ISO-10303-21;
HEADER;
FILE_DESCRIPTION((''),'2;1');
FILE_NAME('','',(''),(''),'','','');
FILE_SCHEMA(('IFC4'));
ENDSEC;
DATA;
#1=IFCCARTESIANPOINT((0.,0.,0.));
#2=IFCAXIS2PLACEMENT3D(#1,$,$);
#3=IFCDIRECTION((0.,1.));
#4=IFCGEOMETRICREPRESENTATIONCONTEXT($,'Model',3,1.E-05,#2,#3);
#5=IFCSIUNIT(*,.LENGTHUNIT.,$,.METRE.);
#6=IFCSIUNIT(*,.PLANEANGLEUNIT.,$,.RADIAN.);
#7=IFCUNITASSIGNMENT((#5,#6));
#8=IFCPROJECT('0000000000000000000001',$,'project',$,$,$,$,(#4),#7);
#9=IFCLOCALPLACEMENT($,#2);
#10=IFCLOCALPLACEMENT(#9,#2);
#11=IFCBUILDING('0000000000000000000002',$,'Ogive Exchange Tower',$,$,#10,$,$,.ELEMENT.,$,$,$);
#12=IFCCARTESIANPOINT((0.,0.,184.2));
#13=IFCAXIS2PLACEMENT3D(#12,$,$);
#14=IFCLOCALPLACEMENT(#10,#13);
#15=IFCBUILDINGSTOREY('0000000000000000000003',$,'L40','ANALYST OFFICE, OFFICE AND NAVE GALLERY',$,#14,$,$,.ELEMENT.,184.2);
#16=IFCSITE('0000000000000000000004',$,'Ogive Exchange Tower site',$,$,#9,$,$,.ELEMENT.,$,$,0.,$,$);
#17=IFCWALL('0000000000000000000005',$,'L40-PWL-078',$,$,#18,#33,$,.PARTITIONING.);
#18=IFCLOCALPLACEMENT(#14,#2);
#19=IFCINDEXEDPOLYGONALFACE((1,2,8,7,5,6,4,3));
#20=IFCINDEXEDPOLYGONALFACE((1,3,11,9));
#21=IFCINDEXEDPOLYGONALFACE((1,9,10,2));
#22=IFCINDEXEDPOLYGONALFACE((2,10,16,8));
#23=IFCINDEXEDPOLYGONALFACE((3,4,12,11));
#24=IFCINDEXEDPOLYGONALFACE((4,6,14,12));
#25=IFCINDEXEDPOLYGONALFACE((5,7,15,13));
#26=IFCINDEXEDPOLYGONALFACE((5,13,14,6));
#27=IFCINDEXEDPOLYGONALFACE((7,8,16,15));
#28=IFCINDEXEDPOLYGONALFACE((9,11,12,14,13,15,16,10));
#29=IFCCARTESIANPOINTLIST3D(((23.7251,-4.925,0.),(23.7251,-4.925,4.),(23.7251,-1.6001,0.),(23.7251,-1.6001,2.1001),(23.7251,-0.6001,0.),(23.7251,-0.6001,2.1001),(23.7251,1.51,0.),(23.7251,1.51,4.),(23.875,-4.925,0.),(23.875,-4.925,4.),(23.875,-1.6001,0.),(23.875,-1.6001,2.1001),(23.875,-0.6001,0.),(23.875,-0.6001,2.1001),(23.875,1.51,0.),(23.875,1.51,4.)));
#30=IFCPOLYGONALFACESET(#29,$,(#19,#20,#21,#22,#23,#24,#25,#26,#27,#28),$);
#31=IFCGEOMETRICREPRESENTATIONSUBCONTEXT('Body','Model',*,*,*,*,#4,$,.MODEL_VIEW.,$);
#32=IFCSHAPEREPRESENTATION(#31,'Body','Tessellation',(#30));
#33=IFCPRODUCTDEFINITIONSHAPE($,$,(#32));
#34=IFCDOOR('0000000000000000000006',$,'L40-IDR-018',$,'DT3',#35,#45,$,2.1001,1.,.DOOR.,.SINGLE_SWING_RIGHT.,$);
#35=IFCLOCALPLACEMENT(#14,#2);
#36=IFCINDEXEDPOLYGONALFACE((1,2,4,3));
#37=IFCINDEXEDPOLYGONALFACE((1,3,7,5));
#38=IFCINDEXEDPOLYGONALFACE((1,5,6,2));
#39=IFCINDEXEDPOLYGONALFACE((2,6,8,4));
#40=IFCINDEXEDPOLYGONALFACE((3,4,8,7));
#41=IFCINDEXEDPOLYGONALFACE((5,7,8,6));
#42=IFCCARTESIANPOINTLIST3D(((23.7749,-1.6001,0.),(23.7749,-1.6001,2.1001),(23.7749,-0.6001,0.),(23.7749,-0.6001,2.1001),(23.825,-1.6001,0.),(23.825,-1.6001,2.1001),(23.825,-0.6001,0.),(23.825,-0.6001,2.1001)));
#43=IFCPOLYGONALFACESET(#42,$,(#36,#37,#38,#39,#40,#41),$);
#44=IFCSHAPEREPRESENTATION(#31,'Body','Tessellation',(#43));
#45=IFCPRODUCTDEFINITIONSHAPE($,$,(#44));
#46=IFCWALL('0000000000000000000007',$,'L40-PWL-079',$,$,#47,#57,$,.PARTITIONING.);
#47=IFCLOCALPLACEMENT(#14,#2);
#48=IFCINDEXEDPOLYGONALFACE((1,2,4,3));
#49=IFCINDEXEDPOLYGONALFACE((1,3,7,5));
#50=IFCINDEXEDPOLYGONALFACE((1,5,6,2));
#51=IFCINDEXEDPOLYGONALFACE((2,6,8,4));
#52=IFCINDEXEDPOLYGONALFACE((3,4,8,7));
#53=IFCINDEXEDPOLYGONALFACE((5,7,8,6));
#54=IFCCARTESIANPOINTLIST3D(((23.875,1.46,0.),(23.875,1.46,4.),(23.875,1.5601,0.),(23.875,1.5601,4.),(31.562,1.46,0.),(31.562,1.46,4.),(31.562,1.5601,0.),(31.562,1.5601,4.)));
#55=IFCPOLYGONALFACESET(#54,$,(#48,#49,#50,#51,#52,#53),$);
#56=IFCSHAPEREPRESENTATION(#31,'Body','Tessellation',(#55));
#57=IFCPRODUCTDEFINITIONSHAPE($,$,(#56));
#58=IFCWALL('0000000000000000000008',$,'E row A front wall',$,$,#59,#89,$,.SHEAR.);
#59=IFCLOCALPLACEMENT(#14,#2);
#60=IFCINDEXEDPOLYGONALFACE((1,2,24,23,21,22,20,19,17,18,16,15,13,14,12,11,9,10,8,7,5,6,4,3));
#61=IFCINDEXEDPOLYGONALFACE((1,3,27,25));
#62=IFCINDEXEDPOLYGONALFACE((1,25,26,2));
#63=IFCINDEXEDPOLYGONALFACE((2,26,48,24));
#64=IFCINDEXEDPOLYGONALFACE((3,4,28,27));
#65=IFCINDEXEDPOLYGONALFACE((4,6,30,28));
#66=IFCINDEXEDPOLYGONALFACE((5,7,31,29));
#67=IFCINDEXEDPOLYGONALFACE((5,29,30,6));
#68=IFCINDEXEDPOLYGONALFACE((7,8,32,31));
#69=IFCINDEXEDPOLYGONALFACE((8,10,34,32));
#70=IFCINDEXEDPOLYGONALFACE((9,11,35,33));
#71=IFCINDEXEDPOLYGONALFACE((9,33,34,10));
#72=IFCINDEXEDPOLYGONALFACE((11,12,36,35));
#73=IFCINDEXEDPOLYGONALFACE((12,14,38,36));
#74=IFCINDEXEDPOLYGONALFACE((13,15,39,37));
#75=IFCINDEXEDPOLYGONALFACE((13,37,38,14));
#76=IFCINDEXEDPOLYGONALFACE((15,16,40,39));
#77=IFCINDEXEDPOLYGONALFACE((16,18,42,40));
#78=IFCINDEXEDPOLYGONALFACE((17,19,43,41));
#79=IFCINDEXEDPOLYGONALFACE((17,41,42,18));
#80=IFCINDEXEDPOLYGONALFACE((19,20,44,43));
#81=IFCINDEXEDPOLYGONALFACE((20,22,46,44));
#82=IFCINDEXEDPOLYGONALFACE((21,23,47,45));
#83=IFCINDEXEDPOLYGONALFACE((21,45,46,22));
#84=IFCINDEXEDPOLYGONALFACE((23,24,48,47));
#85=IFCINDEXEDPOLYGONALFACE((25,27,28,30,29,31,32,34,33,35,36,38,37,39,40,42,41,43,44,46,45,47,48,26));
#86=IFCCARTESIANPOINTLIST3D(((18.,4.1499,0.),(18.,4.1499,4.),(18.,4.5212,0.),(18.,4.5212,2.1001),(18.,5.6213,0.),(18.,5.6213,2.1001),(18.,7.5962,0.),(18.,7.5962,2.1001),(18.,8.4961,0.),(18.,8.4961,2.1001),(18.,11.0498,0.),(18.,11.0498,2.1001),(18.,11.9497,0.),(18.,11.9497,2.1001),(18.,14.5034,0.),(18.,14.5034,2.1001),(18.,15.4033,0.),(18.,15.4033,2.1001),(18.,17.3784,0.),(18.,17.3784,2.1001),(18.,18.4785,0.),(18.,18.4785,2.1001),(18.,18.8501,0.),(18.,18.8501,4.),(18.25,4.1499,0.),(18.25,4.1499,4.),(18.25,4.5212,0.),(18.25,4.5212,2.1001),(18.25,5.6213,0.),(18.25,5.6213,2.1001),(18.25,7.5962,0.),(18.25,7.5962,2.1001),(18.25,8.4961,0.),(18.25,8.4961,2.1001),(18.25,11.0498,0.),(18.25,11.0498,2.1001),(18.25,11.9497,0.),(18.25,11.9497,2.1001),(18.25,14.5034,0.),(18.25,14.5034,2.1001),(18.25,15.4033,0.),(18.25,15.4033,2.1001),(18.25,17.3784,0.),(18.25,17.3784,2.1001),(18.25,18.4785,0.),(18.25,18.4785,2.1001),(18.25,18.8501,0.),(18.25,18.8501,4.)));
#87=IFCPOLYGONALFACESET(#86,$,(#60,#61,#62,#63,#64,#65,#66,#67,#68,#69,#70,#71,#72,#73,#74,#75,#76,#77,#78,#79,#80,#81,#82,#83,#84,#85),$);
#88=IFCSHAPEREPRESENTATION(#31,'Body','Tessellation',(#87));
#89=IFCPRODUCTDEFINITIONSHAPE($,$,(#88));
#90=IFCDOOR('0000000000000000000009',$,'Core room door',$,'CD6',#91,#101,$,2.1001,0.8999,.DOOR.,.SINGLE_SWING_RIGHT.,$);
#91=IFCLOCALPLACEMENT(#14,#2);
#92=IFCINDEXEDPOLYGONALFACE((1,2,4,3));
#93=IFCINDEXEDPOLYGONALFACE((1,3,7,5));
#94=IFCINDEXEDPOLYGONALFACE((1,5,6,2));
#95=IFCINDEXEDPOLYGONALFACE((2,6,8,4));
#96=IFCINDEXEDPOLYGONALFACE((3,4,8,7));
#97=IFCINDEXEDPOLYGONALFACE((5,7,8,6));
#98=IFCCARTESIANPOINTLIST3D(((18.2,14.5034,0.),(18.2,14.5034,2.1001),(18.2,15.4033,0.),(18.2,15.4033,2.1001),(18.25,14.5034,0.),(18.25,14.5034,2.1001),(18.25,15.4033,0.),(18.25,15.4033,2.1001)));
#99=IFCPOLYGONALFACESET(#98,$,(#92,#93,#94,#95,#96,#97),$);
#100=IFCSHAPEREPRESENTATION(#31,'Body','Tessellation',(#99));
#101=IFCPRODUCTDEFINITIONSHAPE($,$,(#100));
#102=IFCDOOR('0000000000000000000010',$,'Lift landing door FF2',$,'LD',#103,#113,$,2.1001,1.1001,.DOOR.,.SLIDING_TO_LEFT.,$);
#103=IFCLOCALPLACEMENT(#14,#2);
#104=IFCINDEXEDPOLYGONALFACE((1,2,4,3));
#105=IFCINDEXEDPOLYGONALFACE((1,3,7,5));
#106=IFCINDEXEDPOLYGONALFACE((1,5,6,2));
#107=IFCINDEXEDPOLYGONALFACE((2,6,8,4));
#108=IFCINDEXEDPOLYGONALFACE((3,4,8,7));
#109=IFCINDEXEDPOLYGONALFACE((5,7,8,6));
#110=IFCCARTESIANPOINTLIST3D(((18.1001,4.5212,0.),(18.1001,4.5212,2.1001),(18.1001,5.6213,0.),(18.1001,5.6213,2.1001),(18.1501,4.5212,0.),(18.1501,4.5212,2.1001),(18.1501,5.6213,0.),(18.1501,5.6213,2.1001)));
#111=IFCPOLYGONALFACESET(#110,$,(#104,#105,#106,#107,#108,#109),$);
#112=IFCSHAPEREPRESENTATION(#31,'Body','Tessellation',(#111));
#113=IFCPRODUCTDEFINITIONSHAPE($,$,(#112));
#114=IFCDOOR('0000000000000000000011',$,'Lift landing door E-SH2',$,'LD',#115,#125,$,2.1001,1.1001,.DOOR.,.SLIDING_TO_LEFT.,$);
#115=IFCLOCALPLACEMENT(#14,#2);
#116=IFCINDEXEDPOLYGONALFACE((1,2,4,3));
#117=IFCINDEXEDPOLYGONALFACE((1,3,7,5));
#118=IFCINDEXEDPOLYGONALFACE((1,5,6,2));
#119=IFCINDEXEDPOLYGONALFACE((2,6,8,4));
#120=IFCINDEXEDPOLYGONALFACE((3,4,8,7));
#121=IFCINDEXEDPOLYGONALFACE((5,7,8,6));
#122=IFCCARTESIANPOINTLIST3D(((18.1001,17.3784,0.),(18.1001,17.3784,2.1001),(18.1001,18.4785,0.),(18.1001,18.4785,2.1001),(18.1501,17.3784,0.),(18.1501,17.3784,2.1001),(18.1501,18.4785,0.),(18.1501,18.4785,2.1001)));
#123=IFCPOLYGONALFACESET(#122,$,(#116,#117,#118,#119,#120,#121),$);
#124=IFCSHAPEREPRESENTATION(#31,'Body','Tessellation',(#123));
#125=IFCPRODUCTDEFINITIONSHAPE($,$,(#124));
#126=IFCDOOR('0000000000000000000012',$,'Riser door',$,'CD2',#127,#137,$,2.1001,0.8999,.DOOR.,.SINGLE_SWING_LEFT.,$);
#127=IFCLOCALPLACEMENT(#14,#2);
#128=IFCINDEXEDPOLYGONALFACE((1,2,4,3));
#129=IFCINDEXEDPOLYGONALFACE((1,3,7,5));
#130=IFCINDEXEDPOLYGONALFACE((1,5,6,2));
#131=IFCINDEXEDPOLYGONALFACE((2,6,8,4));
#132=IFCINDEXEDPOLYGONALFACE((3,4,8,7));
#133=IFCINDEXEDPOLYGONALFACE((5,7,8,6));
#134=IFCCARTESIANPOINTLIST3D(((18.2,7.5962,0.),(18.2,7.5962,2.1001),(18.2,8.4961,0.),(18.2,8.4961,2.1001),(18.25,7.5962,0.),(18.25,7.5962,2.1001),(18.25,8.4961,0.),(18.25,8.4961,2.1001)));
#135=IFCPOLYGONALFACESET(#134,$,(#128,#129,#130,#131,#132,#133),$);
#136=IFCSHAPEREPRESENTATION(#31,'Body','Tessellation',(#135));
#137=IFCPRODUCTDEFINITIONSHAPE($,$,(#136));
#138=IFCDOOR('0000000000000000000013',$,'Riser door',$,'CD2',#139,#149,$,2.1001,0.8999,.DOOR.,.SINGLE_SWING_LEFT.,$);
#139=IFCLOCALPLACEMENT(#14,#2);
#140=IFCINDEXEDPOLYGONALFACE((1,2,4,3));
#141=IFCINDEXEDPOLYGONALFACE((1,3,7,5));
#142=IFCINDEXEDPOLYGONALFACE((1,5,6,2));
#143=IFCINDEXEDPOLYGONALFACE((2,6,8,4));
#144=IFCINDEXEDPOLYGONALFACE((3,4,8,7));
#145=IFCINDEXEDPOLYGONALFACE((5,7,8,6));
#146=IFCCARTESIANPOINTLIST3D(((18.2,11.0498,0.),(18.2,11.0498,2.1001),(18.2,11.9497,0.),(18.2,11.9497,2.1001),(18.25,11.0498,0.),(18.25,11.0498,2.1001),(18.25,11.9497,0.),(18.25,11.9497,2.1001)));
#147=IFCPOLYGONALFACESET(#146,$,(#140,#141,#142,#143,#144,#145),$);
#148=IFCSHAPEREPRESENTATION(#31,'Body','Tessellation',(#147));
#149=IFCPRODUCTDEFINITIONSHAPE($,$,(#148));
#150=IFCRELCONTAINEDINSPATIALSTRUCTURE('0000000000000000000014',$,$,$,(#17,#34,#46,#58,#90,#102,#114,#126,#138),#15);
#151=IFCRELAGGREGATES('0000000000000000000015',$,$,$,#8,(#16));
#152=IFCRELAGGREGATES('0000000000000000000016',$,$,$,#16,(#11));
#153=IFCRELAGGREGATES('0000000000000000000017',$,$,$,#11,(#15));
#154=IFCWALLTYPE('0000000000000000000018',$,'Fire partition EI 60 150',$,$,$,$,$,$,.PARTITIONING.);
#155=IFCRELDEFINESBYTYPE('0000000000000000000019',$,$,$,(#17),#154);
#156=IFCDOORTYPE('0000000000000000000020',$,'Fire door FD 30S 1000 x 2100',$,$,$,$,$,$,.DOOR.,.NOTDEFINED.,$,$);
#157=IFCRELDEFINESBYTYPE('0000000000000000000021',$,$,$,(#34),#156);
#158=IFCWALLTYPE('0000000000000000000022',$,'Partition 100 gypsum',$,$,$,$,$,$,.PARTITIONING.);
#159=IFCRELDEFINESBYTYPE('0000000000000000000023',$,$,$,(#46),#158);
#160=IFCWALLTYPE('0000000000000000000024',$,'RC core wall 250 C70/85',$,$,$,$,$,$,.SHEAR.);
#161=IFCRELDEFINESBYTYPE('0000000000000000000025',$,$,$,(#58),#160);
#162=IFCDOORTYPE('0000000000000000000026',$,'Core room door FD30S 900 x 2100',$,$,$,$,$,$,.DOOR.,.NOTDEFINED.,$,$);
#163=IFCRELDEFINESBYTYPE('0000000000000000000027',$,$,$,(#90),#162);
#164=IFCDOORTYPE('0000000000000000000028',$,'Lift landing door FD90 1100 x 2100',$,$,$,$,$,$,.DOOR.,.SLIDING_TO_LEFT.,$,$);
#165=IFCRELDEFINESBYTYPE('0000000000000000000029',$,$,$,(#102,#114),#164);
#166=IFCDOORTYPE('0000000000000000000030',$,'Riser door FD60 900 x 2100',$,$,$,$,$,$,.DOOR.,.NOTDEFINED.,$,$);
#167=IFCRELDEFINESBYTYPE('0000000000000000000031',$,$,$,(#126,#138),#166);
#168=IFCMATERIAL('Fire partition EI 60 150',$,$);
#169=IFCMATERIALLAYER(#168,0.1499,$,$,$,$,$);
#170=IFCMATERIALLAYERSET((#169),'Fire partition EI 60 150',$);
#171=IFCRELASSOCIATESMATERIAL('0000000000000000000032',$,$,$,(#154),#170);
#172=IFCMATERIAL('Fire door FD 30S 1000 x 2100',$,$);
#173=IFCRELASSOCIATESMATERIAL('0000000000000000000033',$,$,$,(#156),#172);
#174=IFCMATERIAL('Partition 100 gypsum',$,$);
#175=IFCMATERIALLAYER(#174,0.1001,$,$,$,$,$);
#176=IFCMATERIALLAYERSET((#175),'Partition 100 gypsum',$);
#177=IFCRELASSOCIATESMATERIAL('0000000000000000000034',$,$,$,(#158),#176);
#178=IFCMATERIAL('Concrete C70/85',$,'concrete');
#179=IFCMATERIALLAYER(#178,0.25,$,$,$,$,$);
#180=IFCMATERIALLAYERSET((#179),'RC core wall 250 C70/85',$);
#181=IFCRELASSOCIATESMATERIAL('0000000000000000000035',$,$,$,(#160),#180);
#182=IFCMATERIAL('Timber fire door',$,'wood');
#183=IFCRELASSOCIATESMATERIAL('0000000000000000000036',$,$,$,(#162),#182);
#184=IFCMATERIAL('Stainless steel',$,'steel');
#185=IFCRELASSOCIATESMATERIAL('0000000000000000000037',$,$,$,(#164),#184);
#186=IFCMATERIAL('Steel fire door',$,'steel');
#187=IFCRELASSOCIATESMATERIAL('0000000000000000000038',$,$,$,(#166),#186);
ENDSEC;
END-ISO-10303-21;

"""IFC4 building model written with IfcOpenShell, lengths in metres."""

from ifc_helpers import new_model, si_unit, direction, frame, frame_2d, origin, place, context, subcontext, project, spatial, rectangle, extrude, material, layer, layer_set, type_object, element, fill, save


model = new_model("IFC4")

# Units and contexts
model_context = context("Model", 3, precision=1e-05, world=origin(), true_north=direction((0.0, 1.0)))
body_context = subcontext(model_context, "Body", "Model", "MODEL_VIEW")
ifc_project = project(units=[si_unit("LENGTHUNIT", "METRE"), si_unit("PLANEANGLEUNIT", "RADIAN")], contexts=[model_context])

# Site, building, storey
site_placement = place(None, origin())
site = spatial("IfcSite", under=ifc_project, at=site_placement, Name="Ogive Exchange Tower site", CompositionType="ELEMENT", RefElevation=0.0)
building_placement = place(site_placement, origin())
building = spatial("IfcBuilding", under=site, at=building_placement, Name="Ogive Exchange Tower", CompositionType="ELEMENT")
storey_placement = place(building_placement, frame((0.0, 0.0, 184.2)))
storey = spatial("IfcBuildingStorey", under=building, at=storey_placement, Name="L40", Description="ANALYST OFFICE, OFFICE AND NAVE GALLERY", CompositionType="ELEMENT", Elevation=184.2)

# Wall, opening, door
ifc_material_1 = material(Name="Fire partition EI 60 150")
ifc_layer_1 = layer(ifc_material_1, 0.1499)
ifc_layer_set_1 = layer_set([ifc_layer_1], Name="Fire partition EI 60 150")
wall_type_1 = type_object("IfcWallType", Name="Fire partition EI 60 150", PredefinedType="PARTITIONING", material=ifc_layer_set_1)
wall_1_placement = place(storey_placement, frame((23.8, 1.51, 0.0), z_axis=(0.0, 0.0, 1.0), x_axis=(0.0, -1.0, 0.0)))
wall_1 = element("IfcWall", 1, at=wall_1_placement, inside=storey, type_object=wall_type_1, Name="L40-PWL-078", PredefinedType="PARTITIONING", context=body_context, shape_type="SweptSolid", body=[
    extrude(rectangle(XDim=6.4351, YDim=0.1499, at=frame_2d((3.2175, 0.0))), origin(), (0.0, 0.0, 1.0), 4.0),
])
opening_1_placement = place(wall_1_placement, frame((2.1101, 0.0, 0.0)))
opening_1 = element("IfcOpeningElement", 2, at=opening_1_placement, cuts=wall_1, PredefinedType="OPENING", context=body_context, shape_type="SweptSolid", body=[
    extrude(rectangle(XDim=1.0, YDim=2.1001, at=frame_2d((0.5, 1.05))), frame((0.0, 0.085, 0.0), z_axis=(0.0, -1.0, 0.0), x_axis=(1.0, 0.0, 0.0)), (0.0, 0.0, 1.0), 0.1699),
])
ifc_material_2 = material(Name="Fire door FD 30S 1000 x 2100")
door_type_1 = type_object("IfcDoorType", Name="Fire door FD 30S 1000 x 2100", OperationType="NOTDEFINED", PredefinedType="DOOR", material=ifc_material_2)
door_1_placement = place(opening_1_placement, origin())
door_1 = element("IfcDoor", 3, at=door_1_placement, inside=storey, type_object=door_type_1, Name="L40-IDR-018", ObjectType="DT3", OperationType="SINGLE_SWING_RIGHT", OverallHeight=2.1001, OverallWidth=1.0, PredefinedType="DOOR", context=body_context, shape_type="SweptSolid", body=[
    extrude(rectangle(XDim=1.0, YDim=2.1001, at=frame_2d((0.5, 1.05))), frame((0.0, 0.0249, 0.0), z_axis=(0.0, -1.0, 0.0), x_axis=(1.0, 0.0, 0.0)), (0.0, 0.0, 1.0), 0.05),
])
fill(opening_1, door_1)

# Wall
ifc_material_3 = material(Name="Partition 100 gypsum")
ifc_layer_2 = layer(ifc_material_3, 0.1001)
ifc_layer_set_2 = layer_set([ifc_layer_2], Name="Partition 100 gypsum")
wall_type_2 = type_object("IfcWallType", Name="Partition 100 gypsum", PredefinedType="PARTITIONING", material=ifc_layer_set_2)
wall_2_placement = place(storey_placement, frame((23.875, 1.51, 0.0), z_axis=(0.0, 0.0, 1.0), x_axis=(1.0, 0.0, 0.0)))
element("IfcWall", 4, at=wall_2_placement, inside=storey, type_object=wall_type_2, Name="L40-PWL-079", PredefinedType="PARTITIONING", context=body_context, shape_type="SweptSolid", body=[
    extrude(rectangle(XDim=7.687, YDim=0.1001, at=frame_2d((3.8435, 0.0))), origin(), (0.0, 0.0, 1.0), 4.0),
])

# Wall, openings, doors
ifc_material_4 = material(Name="Concrete C70/85", Category="concrete")
ifc_layer_3 = layer(ifc_material_4, 0.25)
ifc_layer_set_3 = layer_set([ifc_layer_3], Name="RC core wall 250 C70/85")
wall_type_3 = type_object("IfcWallType", Name="RC core wall 250 C70/85", PredefinedType="SHEAR", material=ifc_layer_set_3)
wall_3_placement = place(storey_placement, frame((18.125, 4.1499, 0.0), z_axis=(0.0, 0.0, 1.0), x_axis=(0.0, 1.0, 0.0)))
wall_3 = element("IfcWall", 5, at=wall_3_placement, inside=storey, type_object=wall_type_3, Name="E row A front wall", PredefinedType="SHEAR", context=body_context, shape_type="SweptSolid", body=[
    extrude(rectangle(XDim=14.7002, YDim=0.25, at=frame_2d((7.3501, 0.0))), origin(), (0.0, 0.0, 1.0), 4.0),
])
opening_2_placement = place(wall_3_placement, frame((3.4463, 0.0, 0.0)))
opening_2 = element("IfcOpeningElement", 6, at=opening_2_placement, cuts=wall_3, PredefinedType="OPENING", context=body_context, shape_type="SweptSolid", body=[
    extrude(rectangle(XDim=0.8999, YDim=2.1001, at=frame_2d((0.45, 1.05))), frame((0.0, 0.135, 0.0), z_axis=(0.0, -1.0, 0.0), x_axis=(1.0, 0.0, 0.0)), (0.0, 0.0, 1.0), 0.27),
])
opening_3_placement = place(wall_3_placement, frame((6.8999, 0.0, 0.0)))
opening_3 = element("IfcOpeningElement", 7, at=opening_3_placement, cuts=wall_3, PredefinedType="OPENING", context=body_context, shape_type="SweptSolid", body=[
    extrude(rectangle(XDim=0.8999, YDim=2.1001, at=frame_2d((0.45, 1.05))), frame((0.0, 0.135, 0.0), z_axis=(0.0, -1.0, 0.0), x_axis=(1.0, 0.0, 0.0)), (0.0, 0.0, 1.0), 0.27),
])
opening_4_placement = place(wall_3_placement, frame((10.3535, 0.0, 0.0)))
opening_4 = element("IfcOpeningElement", 8, at=opening_4_placement, cuts=wall_3, PredefinedType="OPENING", context=body_context, shape_type="SweptSolid", body=[
    extrude(rectangle(XDim=0.8999, YDim=2.1001, at=frame_2d((0.45, 1.05))), frame((0.0, 0.135, 0.0), z_axis=(0.0, -1.0, 0.0), x_axis=(1.0, 0.0, 0.0)), (0.0, 0.0, 1.0), 0.27),
])
opening_5_placement = place(wall_3_placement, frame((0.3713, 0.0, 0.0)))
opening_5 = element("IfcOpeningElement", 9, at=opening_5_placement, cuts=wall_3, PredefinedType="OPENING", context=body_context, shape_type="SweptSolid", body=[
    extrude(rectangle(XDim=1.1001, YDim=2.1001, at=frame_2d((0.55, 1.05))), frame((0.0, 0.135, 0.0), z_axis=(0.0, -1.0, 0.0), x_axis=(1.0, 0.0, 0.0)), (0.0, 0.0, 1.0), 0.27),
])
opening_6_placement = place(wall_3_placement, frame((13.2285, 0.0, 0.0)))
opening_6 = element("IfcOpeningElement", 10, at=opening_6_placement, cuts=wall_3, PredefinedType="OPENING", context=body_context, shape_type="SweptSolid", body=[
    extrude(rectangle(XDim=1.1001, YDim=2.1001, at=frame_2d((0.55, 1.05))), frame((0.0, 0.135, 0.0), z_axis=(0.0, -1.0, 0.0), x_axis=(1.0, 0.0, 0.0)), (0.0, 0.0, 1.0), 0.27),
])
ifc_material_5 = material(Name="Timber fire door", Category="wood")
door_type_2 = type_object("IfcDoorType", Name="Core room door FD30S 900 x 2100", OperationType="NOTDEFINED", PredefinedType="DOOR", material=ifc_material_5)
door_2_placement = place(opening_4_placement, frame((0.8999, -0.2002, 0.0), z_axis=(0.0, 0.0, 1.0), x_axis=(-1.0, 0.0, 0.0)))
door_2 = element("IfcDoor", 11, at=door_2_placement, inside=storey, type_object=door_type_2, Name="Core room door", ObjectType="CD6", OperationType="SINGLE_SWING_RIGHT", OverallHeight=2.1001, OverallWidth=0.8999, PredefinedType="DOOR", context=body_context, shape_type="SweptSolid", body=[
    extrude(rectangle(XDim=0.8999, YDim=2.1001, at=frame_2d((0.45, 1.05))), frame((0.0, -0.0752, 0.0), z_axis=(0.0, -1.0, 0.0), x_axis=(1.0, 0.0, 0.0)), (0.0, 0.0, 1.0), 0.05),
])
fill(opening_4, door_2)
ifc_material_6 = material(Name="Stainless steel", Category="steel")
door_type_3 = type_object("IfcDoorType", Name="Lift landing door FD90 1100 x 2100", OperationType="SLIDING_TO_LEFT", PredefinedType="DOOR", material=ifc_material_6)
door_3_placement = place(opening_5_placement, origin())
door_3 = element("IfcDoor", 12, at=door_3_placement, inside=storey, type_object=door_type_3, Name="Lift landing door FF2", ObjectType="LD", OperationType="SLIDING_TO_LEFT", OverallHeight=2.1001, OverallWidth=1.1001, PredefinedType="DOOR", context=body_context, shape_type="SweptSolid", body=[
    extrude(rectangle(XDim=1.1001, YDim=2.1001, at=frame_2d((0.55, 1.05))), frame((0.0, 0.0249, 0.0), z_axis=(0.0, -1.0, 0.0), x_axis=(1.0, 0.0, 0.0)), (0.0, 0.0, 1.0), 0.05),
])
fill(opening_5, door_3)
door_4_placement = place(opening_6_placement, origin())
door_4 = element("IfcDoor", 13, at=door_4_placement, inside=storey, type_object=door_type_3, Name="Lift landing door E-SH2", ObjectType="LD", OperationType="SLIDING_TO_LEFT", OverallHeight=2.1001, OverallWidth=1.1001, PredefinedType="DOOR", context=body_context, shape_type="SweptSolid", body=[
    extrude(rectangle(XDim=1.1001, YDim=2.1001, at=frame_2d((0.55, 1.05))), frame((0.0, 0.0249, 0.0), z_axis=(0.0, -1.0, 0.0), x_axis=(1.0, 0.0, 0.0)), (0.0, 0.0, 1.0), 0.05),
])
fill(opening_6, door_4)
ifc_material_7 = material(Name="Steel fire door", Category="steel")
door_type_4 = type_object("IfcDoorType", Name="Riser door FD60 900 x 2100", OperationType="NOTDEFINED", PredefinedType="DOOR", material=ifc_material_7)
door_5_placement = place(opening_2_placement, frame((0.8999, -0.2002, 0.0), z_axis=(0.0, 0.0, 1.0), x_axis=(-1.0, 0.0, 0.0)))
door_5 = element("IfcDoor", 14, at=door_5_placement, inside=storey, type_object=door_type_4, Name="Riser door", ObjectType="CD2", OperationType="SINGLE_SWING_LEFT", OverallHeight=2.1001, OverallWidth=0.8999, PredefinedType="DOOR", context=body_context, shape_type="SweptSolid", body=[
    extrude(rectangle(XDim=0.8999, YDim=2.1001, at=frame_2d((0.45, 1.05))), frame((0.0, -0.0752, 0.0), z_axis=(0.0, -1.0, 0.0), x_axis=(1.0, 0.0, 0.0)), (0.0, 0.0, 1.0), 0.05),
])
fill(opening_2, door_5)
door_6_placement = place(opening_3_placement, frame((0.8999, -0.2002, 0.0), z_axis=(0.0, 0.0, 1.0), x_axis=(-1.0, 0.0, 0.0)))
door_6 = element("IfcDoor", 15, at=door_6_placement, inside=storey, type_object=door_type_4, Name="Riser door", ObjectType="CD2", OperationType="SINGLE_SWING_LEFT", OverallHeight=2.1001, OverallWidth=0.8999, PredefinedType="DOOR", context=body_context, shape_type="SweptSolid", body=[
    extrude(rectangle(XDim=0.8999, YDim=2.1001, at=frame_2d((0.45, 1.05))), frame((0.0, -0.0752, 0.0), z_axis=(0.0, -1.0, 0.0), x_axis=(1.0, 0.0, 0.0)), (0.0, 0.0, 1.0), 0.05),
])
fill(opening_3, door_6)

save(model, "model.ifc")
